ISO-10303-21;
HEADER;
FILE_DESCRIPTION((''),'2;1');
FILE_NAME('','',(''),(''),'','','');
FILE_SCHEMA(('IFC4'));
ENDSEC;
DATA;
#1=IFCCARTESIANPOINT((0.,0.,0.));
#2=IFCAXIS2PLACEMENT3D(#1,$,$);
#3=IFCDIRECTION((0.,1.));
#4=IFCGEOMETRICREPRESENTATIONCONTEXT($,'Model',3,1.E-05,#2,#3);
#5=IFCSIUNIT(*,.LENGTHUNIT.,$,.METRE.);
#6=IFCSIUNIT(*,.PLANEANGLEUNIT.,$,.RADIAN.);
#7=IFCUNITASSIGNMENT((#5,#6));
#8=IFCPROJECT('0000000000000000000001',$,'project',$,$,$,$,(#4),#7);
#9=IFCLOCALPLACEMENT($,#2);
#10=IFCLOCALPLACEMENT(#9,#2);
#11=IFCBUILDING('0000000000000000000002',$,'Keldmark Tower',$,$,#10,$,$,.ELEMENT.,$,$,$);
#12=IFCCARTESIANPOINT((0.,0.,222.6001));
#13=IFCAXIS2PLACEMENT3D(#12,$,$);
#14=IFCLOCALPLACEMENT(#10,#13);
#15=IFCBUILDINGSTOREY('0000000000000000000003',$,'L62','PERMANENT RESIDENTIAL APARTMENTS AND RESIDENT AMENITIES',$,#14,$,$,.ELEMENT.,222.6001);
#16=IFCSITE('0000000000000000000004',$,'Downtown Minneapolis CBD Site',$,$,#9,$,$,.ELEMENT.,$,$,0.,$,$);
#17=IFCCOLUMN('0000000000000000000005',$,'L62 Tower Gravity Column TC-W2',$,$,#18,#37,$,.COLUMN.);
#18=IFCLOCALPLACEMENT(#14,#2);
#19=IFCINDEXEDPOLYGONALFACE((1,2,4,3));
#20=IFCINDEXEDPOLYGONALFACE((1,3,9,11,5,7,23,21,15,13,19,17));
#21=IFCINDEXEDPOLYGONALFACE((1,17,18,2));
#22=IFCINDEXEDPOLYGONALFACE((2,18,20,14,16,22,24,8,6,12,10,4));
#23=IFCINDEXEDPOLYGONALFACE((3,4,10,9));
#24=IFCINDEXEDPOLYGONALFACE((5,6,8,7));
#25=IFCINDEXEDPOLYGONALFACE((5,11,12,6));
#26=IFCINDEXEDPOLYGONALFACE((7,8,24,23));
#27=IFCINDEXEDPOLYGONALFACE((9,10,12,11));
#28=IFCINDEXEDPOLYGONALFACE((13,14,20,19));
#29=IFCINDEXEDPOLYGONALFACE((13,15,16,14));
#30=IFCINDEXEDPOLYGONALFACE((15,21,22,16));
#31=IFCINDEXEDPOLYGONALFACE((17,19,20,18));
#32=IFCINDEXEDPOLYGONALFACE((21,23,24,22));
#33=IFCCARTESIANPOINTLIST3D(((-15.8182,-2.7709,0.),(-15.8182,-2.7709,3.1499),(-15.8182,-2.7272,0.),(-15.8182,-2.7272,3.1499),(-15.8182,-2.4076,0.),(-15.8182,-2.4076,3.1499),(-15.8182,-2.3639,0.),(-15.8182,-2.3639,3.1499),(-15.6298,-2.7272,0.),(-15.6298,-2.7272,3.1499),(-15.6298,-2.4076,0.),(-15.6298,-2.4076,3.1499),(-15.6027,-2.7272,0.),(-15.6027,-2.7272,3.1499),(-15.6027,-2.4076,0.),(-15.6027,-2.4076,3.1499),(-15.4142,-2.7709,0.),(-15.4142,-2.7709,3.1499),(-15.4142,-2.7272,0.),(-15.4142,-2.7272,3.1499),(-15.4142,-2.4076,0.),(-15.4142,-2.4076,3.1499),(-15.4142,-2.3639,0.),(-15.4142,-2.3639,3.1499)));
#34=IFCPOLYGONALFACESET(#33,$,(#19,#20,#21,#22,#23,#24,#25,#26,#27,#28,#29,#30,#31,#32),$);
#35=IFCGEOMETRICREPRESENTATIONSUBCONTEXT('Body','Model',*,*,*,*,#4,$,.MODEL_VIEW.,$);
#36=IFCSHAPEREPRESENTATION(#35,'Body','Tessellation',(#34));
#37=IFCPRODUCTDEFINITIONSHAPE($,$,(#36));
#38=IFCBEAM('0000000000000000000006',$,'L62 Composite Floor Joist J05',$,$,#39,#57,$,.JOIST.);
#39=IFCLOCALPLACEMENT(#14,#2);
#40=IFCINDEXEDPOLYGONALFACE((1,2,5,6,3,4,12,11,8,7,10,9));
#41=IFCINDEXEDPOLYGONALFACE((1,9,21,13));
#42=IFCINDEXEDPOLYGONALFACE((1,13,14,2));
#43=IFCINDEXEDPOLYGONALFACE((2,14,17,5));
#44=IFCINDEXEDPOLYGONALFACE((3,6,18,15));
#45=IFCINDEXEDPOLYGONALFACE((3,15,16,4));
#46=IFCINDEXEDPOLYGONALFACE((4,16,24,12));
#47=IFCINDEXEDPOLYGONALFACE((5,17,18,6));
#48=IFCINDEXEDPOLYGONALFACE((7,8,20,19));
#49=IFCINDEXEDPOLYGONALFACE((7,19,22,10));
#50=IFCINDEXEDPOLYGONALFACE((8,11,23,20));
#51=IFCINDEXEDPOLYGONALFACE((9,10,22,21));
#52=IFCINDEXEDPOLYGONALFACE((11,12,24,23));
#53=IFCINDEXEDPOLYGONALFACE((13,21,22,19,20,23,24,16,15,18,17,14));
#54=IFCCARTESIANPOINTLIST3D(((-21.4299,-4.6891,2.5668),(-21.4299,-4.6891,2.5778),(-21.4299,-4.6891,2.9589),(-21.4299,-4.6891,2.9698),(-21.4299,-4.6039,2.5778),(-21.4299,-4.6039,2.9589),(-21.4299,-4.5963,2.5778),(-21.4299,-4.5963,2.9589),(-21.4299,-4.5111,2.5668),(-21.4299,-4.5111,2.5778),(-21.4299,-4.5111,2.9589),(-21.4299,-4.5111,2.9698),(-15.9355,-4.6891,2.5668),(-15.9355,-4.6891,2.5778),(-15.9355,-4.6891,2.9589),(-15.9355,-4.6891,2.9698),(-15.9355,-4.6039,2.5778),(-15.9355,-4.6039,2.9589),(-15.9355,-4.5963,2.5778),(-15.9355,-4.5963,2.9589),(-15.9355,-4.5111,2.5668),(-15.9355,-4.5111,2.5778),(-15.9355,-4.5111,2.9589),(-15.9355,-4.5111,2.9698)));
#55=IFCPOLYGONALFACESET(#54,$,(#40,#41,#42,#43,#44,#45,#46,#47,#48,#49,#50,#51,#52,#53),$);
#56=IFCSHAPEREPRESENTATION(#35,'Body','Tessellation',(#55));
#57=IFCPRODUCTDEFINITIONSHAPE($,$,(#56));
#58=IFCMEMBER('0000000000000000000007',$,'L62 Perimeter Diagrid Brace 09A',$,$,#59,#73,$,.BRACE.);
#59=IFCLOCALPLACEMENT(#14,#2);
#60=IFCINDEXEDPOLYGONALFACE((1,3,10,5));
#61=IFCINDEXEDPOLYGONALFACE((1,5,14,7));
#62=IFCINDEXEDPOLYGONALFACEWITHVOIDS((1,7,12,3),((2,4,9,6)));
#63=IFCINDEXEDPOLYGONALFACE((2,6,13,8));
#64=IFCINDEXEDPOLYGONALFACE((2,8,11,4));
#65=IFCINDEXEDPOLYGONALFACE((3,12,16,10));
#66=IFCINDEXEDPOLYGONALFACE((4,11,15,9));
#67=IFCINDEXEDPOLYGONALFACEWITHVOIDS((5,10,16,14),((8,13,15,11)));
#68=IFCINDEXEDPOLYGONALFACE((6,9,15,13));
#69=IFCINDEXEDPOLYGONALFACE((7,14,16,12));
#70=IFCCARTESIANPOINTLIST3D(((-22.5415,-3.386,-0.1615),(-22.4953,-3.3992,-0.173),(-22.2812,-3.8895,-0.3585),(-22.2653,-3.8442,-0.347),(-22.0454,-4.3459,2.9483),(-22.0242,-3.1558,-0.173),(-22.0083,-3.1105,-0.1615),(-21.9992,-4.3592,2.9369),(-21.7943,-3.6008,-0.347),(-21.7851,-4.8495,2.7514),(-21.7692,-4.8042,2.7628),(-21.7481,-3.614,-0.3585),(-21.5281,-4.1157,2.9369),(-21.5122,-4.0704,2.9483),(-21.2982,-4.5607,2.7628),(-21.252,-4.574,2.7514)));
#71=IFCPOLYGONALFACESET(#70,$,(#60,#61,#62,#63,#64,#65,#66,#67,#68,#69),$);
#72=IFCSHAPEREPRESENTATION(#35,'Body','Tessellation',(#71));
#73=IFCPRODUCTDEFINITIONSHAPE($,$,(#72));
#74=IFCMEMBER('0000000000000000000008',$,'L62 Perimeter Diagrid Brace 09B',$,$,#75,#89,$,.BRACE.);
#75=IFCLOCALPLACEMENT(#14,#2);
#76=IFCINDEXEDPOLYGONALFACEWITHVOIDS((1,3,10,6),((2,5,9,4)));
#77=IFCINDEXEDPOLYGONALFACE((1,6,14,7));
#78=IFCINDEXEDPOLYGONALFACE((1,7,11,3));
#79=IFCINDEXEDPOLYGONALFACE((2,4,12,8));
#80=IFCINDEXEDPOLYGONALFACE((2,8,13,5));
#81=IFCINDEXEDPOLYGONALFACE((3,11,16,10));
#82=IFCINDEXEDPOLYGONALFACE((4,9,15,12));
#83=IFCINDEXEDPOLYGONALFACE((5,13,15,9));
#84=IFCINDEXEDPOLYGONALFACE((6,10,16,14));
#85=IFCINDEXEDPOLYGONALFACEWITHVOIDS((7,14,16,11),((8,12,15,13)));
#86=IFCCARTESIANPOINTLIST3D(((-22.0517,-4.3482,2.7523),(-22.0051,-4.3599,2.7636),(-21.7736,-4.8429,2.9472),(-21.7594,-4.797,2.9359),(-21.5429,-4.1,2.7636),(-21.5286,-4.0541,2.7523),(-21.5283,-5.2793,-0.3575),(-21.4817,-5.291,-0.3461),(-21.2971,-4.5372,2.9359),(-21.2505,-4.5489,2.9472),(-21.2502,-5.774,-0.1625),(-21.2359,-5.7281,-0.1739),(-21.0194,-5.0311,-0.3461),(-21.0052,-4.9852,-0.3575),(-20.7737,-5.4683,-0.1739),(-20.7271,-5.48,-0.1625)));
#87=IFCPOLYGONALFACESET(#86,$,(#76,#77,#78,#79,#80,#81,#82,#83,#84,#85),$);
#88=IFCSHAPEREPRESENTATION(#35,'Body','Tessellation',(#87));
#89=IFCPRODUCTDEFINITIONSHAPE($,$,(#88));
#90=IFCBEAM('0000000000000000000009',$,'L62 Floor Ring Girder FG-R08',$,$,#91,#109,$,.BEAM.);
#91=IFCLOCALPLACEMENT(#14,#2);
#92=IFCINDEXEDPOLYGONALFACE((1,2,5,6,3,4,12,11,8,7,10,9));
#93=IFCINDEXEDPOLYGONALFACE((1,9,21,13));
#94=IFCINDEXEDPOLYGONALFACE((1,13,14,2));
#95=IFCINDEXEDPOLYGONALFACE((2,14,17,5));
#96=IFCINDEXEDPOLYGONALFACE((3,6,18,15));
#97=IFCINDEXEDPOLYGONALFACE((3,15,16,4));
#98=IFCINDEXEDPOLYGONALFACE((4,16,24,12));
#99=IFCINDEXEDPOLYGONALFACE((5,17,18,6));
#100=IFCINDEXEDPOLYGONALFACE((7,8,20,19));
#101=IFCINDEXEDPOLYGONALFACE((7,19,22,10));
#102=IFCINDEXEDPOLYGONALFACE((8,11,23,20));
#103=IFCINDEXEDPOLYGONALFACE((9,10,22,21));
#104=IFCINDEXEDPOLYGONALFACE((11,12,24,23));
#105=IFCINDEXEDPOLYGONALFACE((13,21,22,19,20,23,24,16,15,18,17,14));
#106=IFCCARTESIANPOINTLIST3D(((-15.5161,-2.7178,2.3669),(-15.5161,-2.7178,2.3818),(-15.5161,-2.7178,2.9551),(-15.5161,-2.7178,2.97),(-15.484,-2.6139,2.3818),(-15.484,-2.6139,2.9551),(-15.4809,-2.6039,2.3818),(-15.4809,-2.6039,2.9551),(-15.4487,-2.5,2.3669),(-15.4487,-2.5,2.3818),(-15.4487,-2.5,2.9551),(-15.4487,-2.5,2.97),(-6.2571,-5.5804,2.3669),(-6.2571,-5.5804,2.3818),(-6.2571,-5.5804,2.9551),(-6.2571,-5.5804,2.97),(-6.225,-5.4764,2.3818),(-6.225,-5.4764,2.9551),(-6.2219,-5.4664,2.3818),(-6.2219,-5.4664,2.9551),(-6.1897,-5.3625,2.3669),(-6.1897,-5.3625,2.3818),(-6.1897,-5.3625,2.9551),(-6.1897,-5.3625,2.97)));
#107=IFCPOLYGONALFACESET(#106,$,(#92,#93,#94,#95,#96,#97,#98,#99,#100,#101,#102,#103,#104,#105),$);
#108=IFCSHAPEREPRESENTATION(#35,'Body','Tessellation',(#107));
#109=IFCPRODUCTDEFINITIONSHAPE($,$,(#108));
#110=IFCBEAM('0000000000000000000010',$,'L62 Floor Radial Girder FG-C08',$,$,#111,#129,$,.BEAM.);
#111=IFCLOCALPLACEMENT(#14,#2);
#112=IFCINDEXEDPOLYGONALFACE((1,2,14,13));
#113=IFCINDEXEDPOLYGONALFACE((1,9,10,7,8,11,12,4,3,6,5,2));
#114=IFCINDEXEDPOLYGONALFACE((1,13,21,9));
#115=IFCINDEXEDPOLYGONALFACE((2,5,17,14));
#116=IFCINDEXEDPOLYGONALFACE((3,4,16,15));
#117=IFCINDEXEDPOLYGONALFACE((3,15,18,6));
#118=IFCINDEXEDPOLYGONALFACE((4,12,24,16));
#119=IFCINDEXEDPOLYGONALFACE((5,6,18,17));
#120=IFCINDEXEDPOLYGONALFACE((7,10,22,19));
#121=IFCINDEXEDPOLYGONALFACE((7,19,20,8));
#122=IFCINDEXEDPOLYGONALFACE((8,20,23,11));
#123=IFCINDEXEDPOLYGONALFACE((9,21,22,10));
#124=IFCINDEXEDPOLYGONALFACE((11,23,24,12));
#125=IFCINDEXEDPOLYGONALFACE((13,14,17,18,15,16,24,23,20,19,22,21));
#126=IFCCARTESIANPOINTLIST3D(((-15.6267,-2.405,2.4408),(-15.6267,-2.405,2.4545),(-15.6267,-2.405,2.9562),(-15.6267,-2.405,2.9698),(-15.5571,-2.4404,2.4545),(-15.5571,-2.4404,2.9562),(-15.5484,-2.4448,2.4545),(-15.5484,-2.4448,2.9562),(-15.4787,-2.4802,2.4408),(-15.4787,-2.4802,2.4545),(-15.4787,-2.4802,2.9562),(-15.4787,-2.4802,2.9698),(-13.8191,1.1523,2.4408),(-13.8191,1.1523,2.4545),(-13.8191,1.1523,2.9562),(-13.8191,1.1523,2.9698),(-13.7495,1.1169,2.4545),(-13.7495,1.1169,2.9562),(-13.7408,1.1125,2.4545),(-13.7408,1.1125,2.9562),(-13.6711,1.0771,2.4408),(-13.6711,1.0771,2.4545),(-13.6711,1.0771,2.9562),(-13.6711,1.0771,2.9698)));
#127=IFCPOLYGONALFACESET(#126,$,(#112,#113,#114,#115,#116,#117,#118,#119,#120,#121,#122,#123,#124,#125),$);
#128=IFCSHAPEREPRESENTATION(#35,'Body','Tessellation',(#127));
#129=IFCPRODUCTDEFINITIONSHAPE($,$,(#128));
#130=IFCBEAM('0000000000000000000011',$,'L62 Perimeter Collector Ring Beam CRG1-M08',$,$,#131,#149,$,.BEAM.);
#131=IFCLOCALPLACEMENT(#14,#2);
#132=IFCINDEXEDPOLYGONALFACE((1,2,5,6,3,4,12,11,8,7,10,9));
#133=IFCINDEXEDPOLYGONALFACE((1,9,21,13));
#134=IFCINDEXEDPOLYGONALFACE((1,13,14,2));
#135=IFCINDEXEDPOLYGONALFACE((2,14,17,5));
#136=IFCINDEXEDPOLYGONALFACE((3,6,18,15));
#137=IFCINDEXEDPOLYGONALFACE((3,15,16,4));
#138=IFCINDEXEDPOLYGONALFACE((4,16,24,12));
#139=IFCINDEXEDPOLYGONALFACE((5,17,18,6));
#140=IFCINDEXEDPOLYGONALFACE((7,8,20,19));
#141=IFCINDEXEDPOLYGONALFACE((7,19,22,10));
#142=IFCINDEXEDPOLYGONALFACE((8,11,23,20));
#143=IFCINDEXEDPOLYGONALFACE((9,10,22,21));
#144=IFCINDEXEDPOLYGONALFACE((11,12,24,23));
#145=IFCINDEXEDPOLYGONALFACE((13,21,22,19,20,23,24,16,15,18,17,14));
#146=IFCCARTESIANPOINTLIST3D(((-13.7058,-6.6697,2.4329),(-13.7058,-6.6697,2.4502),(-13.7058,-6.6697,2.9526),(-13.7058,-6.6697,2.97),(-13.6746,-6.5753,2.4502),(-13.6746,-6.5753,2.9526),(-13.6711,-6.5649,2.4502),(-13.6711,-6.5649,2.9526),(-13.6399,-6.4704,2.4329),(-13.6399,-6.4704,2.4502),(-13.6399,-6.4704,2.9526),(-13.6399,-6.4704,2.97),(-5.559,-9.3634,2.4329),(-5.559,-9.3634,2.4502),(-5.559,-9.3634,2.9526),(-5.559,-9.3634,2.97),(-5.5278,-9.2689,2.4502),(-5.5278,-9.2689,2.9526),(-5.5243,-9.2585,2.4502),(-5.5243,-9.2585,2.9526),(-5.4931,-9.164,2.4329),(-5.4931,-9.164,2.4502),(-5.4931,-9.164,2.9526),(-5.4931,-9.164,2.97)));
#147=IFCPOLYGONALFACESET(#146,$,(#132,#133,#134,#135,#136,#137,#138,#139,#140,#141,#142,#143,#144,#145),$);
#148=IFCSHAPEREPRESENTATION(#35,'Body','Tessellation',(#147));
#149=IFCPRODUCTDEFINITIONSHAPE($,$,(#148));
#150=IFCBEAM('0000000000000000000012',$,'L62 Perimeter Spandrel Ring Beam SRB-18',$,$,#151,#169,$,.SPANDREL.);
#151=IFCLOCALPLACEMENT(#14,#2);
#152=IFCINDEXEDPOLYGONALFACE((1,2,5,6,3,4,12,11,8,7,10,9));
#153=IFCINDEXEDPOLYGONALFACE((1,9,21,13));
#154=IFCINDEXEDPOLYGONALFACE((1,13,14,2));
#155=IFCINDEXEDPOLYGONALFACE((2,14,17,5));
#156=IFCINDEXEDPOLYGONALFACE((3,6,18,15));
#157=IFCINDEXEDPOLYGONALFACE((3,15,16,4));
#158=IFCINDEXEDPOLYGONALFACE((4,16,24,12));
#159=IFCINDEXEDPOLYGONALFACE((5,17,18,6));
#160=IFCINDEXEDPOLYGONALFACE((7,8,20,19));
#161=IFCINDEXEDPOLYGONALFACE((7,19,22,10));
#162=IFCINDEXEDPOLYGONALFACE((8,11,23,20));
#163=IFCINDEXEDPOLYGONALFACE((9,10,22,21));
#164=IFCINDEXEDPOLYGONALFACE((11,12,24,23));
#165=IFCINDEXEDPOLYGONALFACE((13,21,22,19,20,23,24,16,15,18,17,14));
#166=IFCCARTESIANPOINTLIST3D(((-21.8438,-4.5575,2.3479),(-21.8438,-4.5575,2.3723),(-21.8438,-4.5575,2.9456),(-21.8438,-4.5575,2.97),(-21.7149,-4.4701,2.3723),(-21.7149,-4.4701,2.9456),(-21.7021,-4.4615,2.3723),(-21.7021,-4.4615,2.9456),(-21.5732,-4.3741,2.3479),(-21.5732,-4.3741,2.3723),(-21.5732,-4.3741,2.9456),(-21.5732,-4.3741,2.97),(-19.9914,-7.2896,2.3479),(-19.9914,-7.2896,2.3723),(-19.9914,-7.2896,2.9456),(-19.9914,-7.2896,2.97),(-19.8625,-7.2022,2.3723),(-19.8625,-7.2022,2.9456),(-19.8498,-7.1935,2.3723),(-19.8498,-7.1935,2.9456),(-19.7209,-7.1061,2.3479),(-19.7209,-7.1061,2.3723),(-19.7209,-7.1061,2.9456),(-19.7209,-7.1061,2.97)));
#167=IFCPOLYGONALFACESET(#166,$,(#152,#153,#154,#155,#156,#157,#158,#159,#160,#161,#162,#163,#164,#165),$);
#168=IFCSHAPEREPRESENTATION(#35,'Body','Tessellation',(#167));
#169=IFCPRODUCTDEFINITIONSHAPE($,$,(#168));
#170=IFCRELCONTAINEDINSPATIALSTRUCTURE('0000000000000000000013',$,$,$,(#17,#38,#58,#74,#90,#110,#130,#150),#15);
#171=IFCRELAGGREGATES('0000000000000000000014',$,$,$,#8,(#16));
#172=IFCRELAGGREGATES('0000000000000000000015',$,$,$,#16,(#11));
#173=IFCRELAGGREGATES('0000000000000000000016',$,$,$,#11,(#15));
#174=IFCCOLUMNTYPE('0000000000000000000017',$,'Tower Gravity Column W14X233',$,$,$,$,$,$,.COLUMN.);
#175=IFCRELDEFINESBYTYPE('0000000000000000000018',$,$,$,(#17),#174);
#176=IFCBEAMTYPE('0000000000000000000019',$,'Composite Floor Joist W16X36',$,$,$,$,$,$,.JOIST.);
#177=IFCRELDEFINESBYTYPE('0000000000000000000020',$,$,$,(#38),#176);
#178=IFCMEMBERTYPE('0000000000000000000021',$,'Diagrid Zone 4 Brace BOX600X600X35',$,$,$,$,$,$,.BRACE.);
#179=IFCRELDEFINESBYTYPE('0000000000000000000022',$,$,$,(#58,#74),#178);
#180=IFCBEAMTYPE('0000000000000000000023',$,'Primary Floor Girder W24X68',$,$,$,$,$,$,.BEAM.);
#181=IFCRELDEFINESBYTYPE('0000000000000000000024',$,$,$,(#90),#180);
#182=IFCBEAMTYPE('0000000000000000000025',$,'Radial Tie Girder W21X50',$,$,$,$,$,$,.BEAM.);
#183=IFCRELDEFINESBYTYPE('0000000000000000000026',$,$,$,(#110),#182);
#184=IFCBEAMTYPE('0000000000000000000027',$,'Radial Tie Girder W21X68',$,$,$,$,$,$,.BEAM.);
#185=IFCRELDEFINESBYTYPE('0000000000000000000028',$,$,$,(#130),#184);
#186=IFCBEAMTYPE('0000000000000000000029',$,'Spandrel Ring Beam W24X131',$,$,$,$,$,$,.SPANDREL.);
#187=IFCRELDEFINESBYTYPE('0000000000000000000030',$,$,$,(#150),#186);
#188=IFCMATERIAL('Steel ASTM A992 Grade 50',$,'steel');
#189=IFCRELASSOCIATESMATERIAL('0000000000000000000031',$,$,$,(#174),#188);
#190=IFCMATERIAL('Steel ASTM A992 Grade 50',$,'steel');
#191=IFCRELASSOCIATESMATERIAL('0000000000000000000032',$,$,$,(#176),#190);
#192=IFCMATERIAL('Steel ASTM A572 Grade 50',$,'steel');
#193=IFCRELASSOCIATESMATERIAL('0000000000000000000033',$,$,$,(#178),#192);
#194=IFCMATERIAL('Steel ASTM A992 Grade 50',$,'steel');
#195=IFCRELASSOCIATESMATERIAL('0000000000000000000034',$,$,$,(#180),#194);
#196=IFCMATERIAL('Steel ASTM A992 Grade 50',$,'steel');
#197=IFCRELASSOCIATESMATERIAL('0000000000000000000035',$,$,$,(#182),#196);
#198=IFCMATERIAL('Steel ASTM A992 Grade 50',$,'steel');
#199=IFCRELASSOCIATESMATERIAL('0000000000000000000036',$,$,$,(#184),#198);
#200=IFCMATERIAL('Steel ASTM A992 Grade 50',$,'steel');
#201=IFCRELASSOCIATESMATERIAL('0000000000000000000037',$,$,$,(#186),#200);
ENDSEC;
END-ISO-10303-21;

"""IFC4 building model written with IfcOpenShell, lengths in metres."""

from ifc_helpers import new_model, si_unit, direction, frame, origin, origin_2d, place, context, subcontext, project, spatial, hollow_rectangle, i_section, extrude, material, material_profile, profile_set, type_object, element, save


model = new_model("IFC4")

# Units and contexts
model_context = context("Model", 3, precision=1e-05, world=origin(), true_north=direction((0.0, 1.0)))
body_context = subcontext(model_context, "Body", "Model", "MODEL_VIEW")
ifc_project = project(units=[si_unit("LENGTHUNIT", "METRE"), si_unit("PLANEANGLEUNIT", "RADIAN")], contexts=[model_context])

# Site, building, storey
site_placement = place(None, origin())
site = spatial("IfcSite", under=ifc_project, at=site_placement, Name="Downtown Minneapolis CBD Site", CompositionType="ELEMENT", RefElevation=0.0)
building_placement = place(site_placement, origin())
building = spatial("IfcBuilding", under=site, at=building_placement, Name="Keldmark Tower", CompositionType="ELEMENT")
storey_placement = place(building_placement, frame((0.0, 0.0, 222.6001)))
storey = spatial("IfcBuildingStorey", under=building, at=storey_placement, Name="L62", Description="PERMANENT RESIDENTIAL APARTMENTS AND RESIDENT AMENITIES", CompositionType="ELEMENT", Elevation=222.6001)

# Column
ifc_material_1 = material(Name="Steel ASTM A992 Grade 50", Category="steel")
ifc_material_profile_1 = material_profile(ifc_material_1, i_section(OverallWidth=0.4041, OverallDepth=0.407, WebThickness=0.0271, FlangeThickness=0.0437, at=origin_2d()), Name="W14X233")
ifc_profile_set_1 = profile_set([ifc_material_profile_1], Name="Steel ASTM A992 Grade 50")
column_type = type_object("IfcColumnType", Name="Tower Gravity Column W14X233", PredefinedType="COLUMN", material=ifc_profile_set_1)
column_placement = place(storey_placement, frame((-15.6162, -2.5674, 0.0), z_axis=(0.0, 0.0, 1.0), x_axis=(1.0, 0.0, 0.0)))
element("IfcColumn", 1, at=column_placement, inside=storey, type_object=column_type, Name="L62 Tower Gravity Column TC-W2", PredefinedType="COLUMN", context=body_context, shape_type="SweptSolid", body=[
    extrude(i_section(OverallWidth=0.4041, OverallDepth=0.407, WebThickness=0.0271, FlangeThickness=0.0437, at=origin_2d()), origin(), (0.0, 0.0, 1.0), 3.1499),
])

# Beam
ifc_material_2 = material(Name="Steel ASTM A992 Grade 50", Category="steel")
ifc_material_profile_2 = material_profile(ifc_material_2, i_section(OverallWidth=0.178, OverallDepth=0.4031, WebThickness=0.0076, FlangeThickness=0.011, at=origin_2d()), Name="W16X36")
ifc_profile_set_2 = profile_set([ifc_material_profile_2], Name="Steel ASTM A992 Grade 50")
beam_type_1 = type_object("IfcBeamType", Name="Composite Floor Joist W16X36", PredefinedType="JOIST", material=ifc_profile_set_2)
beam_1_placement = place(storey_placement, frame((-21.4299, -4.6001, 2.7683), z_axis=(1.0, 0.0, 0.0), x_axis=(0.0, 1.0, 0.0)))
element("IfcBeam", 2, at=beam_1_placement, inside=storey, type_object=beam_type_1, Name="L62 Composite Floor Joist J05", PredefinedType="JOIST", context=body_context, shape_type="SweptSolid", body=[
    extrude(i_section(OverallWidth=0.178, OverallDepth=0.4031, WebThickness=0.0076, FlangeThickness=0.011, at=origin_2d()), origin(), (0.0, 0.0, 1.0), 5.4944),
])

# Members
ifc_material_3 = material(Name="Steel ASTM A572 Grade 50", Category="steel")
ifc_material_profile_3 = material_profile(ifc_material_3, hollow_rectangle(XDim=0.6001, YDim=0.6001, WallThickness=0.0349, at=origin_2d()), Name="BOX600X600X35")
ifc_profile_set_3 = profile_set([ifc_material_profile_3], Name="Steel ASTM A572 Grade 50")
member_type = type_object("IfcMemberType", Name="Diagrid Zone 4 Brace BOX600X600X35", PredefinedType="BRACE", material=ifc_profile_set_3)
member_1_placement = place(storey_placement, frame((-22.1448, -3.5, -0.26), z_axis=(0.150686, -0.291582, 0.944602), x_axis=(0.888383, 0.459103, 0.0)))
element("IfcMember", 3, at=member_1_placement, inside=storey, type_object=member_type, Name="L62 Perimeter Diagrid Brace 09A", PredefinedType="BRACE", context=body_context, shape_type="SweptSolid", body=[
    extrude(hollow_rectangle(XDim=0.6001, YDim=0.6001, WallThickness=0.0349, at=origin_2d()), origin(), (0.0, 0.0, 1.0), 3.2922),
])
member_2_placement = place(storey_placement, frame((-21.1277, -5.3796, -0.26), z_axis=(-0.159186, 0.28318, 0.945764), x_axis=(-0.87171, -0.490022, 0.0)))
element("IfcMember", 4, at=member_2_placement, inside=storey, type_object=member_type, Name="L62 Perimeter Diagrid Brace 09B", PredefinedType="BRACE", context=body_context, shape_type="SweptSolid", body=[
    extrude(hollow_rectangle(XDim=0.6001, YDim=0.6001, WallThickness=0.0349, at=origin_2d()), origin(), (0.0, 0.0, 1.0), 3.2881),
])

# Beams
ifc_material_4 = material(Name="Steel ASTM A992 Grade 50", Category="steel")
ifc_material_profile_4 = material_profile(ifc_material_4, i_section(OverallWidth=0.228, OverallDepth=0.603, WebThickness=0.0105, FlangeThickness=0.0149, at=origin_2d()), Name="W24X68")
ifc_profile_set_4 = profile_set([ifc_material_profile_4], Name="Steel ASTM A992 Grade 50")
beam_type_2 = type_object("IfcBeamType", Name="Primary Floor Girder W24X68", PredefinedType="BEAM", material=ifc_profile_set_4)
beam_2_placement = place(storey_placement, frame((-15.4824, -2.6089, 2.6685), z_axis=(0.955383, -0.295369, 0.0), x_axis=(0.295369, 0.955383, 0.0)))
element("IfcBeam", 5, at=beam_2_placement, inside=storey, type_object=beam_type_2, Name="L62 Floor Ring Girder FG-R08", PredefinedType="BEAM", context=body_context, shape_type="SweptSolid", body=[
    extrude(i_section(OverallWidth=0.228, OverallDepth=0.603, WebThickness=0.0105, FlangeThickness=0.0149, at=origin_2d()), origin(), (0.0, 0.0, 1.0), 9.6914),
])
ifc_material_5 = material(Name="Steel ASTM A992 Grade 50", Category="steel")
ifc_material_profile_5 = material_profile(ifc_material_5, i_section(OverallWidth=0.166, OverallDepth=0.5291, WebThickness=0.0098, FlangeThickness=0.0137, at=origin_2d()), Name="W21X50")
ifc_profile_set_5 = profile_set([ifc_material_profile_5], Name="Steel ASTM A992 Grade 50")
beam_type_3 = type_object("IfcBeamType", Name="Radial Tie Girder W21X50", PredefinedType="BEAM", material=ifc_profile_set_5)
beam_3_placement = place(storey_placement, frame((-15.5527, -2.4426, 2.7053), z_axis=(0.453004, 0.891508, 0.0), x_axis=(-0.891508, 0.453004, 0.0)))
element("IfcBeam", 6, at=beam_3_placement, inside=storey, type_object=beam_type_3, Name="L62 Floor Radial Girder FG-C08", PredefinedType="BEAM", context=body_context, shape_type="SweptSolid", body=[
    extrude(i_section(OverallWidth=0.166, OverallDepth=0.5291, WebThickness=0.0098, FlangeThickness=0.0137, at=origin_2d()), origin(), (0.0, 0.0, 1.0), 3.9902),
])
ifc_material_6 = material(Name="Steel ASTM A992 Grade 50", Category="steel")
ifc_material_profile_6 = material_profile(ifc_material_6, i_section(OverallWidth=0.21, OverallDepth=0.5371, WebThickness=0.011, FlangeThickness=0.0173, at=origin_2d()), Name="W21X68")
ifc_profile_set_6 = profile_set([ifc_material_profile_6], Name="Steel ASTM A992 Grade 50")
beam_type_4 = type_object("IfcBeamType", Name="Radial Tie Girder W21X68", PredefinedType="BEAM", material=ifc_profile_set_6)
beam_4_placement = place(storey_placement, frame((-13.6729, -6.5701, 2.7014), z_axis=(0.949449, -0.313922, 0.0), x_axis=(0.313922, 0.949449, 0.0)))
element("IfcBeam", 7, at=beam_4_placement, inside=storey, type_object=beam_type_4, Name="L62 Perimeter Collector Ring Beam CRG1-M08", PredefinedType="BEAM", context=body_context, shape_type="SweptSolid", body=[
    extrude(i_section(OverallWidth=0.21, OverallDepth=0.5371, WebThickness=0.011, FlangeThickness=0.0173, at=origin_2d()), origin(), (0.0, 0.0, 1.0), 8.5806),
])
ifc_material_7 = material(Name="Steel ASTM A992 Grade 50", Category="steel")
ifc_material_profile_7 = material_profile(ifc_material_7, i_section(OverallWidth=0.3269, OverallDepth=0.6221, WebThickness=0.0154, FlangeThickness=0.0244, at=origin_2d()), Name="W24X131")
ifc_profile_set_7 = profile_set([ifc_material_profile_7], Name="Steel ASTM A992 Grade 50")
beam_type_5 = type_object("IfcBeamType", Name="Spandrel Ring Beam W24X131", PredefinedType="SPANDREL", material=ifc_profile_set_7)
beam_5_placement = place(storey_placement, frame((-21.7085, -4.4658, 2.6589), z_axis=(0.561187, -0.827689, 0.0), x_axis=(0.827689, 0.561187, 0.0)))
element("IfcBeam", 8, at=beam_5_placement, inside=storey, type_object=beam_type_5, Name="L62 Perimeter Spandrel Ring Beam SRB-18", PredefinedType="SPANDREL", context=body_context, shape_type="SweptSolid", body=[
    extrude(i_section(OverallWidth=0.3269, OverallDepth=0.6221, WebThickness=0.0154, FlangeThickness=0.0244, at=origin_2d()), origin(), (0.0, 0.0, 1.0), 3.3008),
])

save(model, "model.ifc")
